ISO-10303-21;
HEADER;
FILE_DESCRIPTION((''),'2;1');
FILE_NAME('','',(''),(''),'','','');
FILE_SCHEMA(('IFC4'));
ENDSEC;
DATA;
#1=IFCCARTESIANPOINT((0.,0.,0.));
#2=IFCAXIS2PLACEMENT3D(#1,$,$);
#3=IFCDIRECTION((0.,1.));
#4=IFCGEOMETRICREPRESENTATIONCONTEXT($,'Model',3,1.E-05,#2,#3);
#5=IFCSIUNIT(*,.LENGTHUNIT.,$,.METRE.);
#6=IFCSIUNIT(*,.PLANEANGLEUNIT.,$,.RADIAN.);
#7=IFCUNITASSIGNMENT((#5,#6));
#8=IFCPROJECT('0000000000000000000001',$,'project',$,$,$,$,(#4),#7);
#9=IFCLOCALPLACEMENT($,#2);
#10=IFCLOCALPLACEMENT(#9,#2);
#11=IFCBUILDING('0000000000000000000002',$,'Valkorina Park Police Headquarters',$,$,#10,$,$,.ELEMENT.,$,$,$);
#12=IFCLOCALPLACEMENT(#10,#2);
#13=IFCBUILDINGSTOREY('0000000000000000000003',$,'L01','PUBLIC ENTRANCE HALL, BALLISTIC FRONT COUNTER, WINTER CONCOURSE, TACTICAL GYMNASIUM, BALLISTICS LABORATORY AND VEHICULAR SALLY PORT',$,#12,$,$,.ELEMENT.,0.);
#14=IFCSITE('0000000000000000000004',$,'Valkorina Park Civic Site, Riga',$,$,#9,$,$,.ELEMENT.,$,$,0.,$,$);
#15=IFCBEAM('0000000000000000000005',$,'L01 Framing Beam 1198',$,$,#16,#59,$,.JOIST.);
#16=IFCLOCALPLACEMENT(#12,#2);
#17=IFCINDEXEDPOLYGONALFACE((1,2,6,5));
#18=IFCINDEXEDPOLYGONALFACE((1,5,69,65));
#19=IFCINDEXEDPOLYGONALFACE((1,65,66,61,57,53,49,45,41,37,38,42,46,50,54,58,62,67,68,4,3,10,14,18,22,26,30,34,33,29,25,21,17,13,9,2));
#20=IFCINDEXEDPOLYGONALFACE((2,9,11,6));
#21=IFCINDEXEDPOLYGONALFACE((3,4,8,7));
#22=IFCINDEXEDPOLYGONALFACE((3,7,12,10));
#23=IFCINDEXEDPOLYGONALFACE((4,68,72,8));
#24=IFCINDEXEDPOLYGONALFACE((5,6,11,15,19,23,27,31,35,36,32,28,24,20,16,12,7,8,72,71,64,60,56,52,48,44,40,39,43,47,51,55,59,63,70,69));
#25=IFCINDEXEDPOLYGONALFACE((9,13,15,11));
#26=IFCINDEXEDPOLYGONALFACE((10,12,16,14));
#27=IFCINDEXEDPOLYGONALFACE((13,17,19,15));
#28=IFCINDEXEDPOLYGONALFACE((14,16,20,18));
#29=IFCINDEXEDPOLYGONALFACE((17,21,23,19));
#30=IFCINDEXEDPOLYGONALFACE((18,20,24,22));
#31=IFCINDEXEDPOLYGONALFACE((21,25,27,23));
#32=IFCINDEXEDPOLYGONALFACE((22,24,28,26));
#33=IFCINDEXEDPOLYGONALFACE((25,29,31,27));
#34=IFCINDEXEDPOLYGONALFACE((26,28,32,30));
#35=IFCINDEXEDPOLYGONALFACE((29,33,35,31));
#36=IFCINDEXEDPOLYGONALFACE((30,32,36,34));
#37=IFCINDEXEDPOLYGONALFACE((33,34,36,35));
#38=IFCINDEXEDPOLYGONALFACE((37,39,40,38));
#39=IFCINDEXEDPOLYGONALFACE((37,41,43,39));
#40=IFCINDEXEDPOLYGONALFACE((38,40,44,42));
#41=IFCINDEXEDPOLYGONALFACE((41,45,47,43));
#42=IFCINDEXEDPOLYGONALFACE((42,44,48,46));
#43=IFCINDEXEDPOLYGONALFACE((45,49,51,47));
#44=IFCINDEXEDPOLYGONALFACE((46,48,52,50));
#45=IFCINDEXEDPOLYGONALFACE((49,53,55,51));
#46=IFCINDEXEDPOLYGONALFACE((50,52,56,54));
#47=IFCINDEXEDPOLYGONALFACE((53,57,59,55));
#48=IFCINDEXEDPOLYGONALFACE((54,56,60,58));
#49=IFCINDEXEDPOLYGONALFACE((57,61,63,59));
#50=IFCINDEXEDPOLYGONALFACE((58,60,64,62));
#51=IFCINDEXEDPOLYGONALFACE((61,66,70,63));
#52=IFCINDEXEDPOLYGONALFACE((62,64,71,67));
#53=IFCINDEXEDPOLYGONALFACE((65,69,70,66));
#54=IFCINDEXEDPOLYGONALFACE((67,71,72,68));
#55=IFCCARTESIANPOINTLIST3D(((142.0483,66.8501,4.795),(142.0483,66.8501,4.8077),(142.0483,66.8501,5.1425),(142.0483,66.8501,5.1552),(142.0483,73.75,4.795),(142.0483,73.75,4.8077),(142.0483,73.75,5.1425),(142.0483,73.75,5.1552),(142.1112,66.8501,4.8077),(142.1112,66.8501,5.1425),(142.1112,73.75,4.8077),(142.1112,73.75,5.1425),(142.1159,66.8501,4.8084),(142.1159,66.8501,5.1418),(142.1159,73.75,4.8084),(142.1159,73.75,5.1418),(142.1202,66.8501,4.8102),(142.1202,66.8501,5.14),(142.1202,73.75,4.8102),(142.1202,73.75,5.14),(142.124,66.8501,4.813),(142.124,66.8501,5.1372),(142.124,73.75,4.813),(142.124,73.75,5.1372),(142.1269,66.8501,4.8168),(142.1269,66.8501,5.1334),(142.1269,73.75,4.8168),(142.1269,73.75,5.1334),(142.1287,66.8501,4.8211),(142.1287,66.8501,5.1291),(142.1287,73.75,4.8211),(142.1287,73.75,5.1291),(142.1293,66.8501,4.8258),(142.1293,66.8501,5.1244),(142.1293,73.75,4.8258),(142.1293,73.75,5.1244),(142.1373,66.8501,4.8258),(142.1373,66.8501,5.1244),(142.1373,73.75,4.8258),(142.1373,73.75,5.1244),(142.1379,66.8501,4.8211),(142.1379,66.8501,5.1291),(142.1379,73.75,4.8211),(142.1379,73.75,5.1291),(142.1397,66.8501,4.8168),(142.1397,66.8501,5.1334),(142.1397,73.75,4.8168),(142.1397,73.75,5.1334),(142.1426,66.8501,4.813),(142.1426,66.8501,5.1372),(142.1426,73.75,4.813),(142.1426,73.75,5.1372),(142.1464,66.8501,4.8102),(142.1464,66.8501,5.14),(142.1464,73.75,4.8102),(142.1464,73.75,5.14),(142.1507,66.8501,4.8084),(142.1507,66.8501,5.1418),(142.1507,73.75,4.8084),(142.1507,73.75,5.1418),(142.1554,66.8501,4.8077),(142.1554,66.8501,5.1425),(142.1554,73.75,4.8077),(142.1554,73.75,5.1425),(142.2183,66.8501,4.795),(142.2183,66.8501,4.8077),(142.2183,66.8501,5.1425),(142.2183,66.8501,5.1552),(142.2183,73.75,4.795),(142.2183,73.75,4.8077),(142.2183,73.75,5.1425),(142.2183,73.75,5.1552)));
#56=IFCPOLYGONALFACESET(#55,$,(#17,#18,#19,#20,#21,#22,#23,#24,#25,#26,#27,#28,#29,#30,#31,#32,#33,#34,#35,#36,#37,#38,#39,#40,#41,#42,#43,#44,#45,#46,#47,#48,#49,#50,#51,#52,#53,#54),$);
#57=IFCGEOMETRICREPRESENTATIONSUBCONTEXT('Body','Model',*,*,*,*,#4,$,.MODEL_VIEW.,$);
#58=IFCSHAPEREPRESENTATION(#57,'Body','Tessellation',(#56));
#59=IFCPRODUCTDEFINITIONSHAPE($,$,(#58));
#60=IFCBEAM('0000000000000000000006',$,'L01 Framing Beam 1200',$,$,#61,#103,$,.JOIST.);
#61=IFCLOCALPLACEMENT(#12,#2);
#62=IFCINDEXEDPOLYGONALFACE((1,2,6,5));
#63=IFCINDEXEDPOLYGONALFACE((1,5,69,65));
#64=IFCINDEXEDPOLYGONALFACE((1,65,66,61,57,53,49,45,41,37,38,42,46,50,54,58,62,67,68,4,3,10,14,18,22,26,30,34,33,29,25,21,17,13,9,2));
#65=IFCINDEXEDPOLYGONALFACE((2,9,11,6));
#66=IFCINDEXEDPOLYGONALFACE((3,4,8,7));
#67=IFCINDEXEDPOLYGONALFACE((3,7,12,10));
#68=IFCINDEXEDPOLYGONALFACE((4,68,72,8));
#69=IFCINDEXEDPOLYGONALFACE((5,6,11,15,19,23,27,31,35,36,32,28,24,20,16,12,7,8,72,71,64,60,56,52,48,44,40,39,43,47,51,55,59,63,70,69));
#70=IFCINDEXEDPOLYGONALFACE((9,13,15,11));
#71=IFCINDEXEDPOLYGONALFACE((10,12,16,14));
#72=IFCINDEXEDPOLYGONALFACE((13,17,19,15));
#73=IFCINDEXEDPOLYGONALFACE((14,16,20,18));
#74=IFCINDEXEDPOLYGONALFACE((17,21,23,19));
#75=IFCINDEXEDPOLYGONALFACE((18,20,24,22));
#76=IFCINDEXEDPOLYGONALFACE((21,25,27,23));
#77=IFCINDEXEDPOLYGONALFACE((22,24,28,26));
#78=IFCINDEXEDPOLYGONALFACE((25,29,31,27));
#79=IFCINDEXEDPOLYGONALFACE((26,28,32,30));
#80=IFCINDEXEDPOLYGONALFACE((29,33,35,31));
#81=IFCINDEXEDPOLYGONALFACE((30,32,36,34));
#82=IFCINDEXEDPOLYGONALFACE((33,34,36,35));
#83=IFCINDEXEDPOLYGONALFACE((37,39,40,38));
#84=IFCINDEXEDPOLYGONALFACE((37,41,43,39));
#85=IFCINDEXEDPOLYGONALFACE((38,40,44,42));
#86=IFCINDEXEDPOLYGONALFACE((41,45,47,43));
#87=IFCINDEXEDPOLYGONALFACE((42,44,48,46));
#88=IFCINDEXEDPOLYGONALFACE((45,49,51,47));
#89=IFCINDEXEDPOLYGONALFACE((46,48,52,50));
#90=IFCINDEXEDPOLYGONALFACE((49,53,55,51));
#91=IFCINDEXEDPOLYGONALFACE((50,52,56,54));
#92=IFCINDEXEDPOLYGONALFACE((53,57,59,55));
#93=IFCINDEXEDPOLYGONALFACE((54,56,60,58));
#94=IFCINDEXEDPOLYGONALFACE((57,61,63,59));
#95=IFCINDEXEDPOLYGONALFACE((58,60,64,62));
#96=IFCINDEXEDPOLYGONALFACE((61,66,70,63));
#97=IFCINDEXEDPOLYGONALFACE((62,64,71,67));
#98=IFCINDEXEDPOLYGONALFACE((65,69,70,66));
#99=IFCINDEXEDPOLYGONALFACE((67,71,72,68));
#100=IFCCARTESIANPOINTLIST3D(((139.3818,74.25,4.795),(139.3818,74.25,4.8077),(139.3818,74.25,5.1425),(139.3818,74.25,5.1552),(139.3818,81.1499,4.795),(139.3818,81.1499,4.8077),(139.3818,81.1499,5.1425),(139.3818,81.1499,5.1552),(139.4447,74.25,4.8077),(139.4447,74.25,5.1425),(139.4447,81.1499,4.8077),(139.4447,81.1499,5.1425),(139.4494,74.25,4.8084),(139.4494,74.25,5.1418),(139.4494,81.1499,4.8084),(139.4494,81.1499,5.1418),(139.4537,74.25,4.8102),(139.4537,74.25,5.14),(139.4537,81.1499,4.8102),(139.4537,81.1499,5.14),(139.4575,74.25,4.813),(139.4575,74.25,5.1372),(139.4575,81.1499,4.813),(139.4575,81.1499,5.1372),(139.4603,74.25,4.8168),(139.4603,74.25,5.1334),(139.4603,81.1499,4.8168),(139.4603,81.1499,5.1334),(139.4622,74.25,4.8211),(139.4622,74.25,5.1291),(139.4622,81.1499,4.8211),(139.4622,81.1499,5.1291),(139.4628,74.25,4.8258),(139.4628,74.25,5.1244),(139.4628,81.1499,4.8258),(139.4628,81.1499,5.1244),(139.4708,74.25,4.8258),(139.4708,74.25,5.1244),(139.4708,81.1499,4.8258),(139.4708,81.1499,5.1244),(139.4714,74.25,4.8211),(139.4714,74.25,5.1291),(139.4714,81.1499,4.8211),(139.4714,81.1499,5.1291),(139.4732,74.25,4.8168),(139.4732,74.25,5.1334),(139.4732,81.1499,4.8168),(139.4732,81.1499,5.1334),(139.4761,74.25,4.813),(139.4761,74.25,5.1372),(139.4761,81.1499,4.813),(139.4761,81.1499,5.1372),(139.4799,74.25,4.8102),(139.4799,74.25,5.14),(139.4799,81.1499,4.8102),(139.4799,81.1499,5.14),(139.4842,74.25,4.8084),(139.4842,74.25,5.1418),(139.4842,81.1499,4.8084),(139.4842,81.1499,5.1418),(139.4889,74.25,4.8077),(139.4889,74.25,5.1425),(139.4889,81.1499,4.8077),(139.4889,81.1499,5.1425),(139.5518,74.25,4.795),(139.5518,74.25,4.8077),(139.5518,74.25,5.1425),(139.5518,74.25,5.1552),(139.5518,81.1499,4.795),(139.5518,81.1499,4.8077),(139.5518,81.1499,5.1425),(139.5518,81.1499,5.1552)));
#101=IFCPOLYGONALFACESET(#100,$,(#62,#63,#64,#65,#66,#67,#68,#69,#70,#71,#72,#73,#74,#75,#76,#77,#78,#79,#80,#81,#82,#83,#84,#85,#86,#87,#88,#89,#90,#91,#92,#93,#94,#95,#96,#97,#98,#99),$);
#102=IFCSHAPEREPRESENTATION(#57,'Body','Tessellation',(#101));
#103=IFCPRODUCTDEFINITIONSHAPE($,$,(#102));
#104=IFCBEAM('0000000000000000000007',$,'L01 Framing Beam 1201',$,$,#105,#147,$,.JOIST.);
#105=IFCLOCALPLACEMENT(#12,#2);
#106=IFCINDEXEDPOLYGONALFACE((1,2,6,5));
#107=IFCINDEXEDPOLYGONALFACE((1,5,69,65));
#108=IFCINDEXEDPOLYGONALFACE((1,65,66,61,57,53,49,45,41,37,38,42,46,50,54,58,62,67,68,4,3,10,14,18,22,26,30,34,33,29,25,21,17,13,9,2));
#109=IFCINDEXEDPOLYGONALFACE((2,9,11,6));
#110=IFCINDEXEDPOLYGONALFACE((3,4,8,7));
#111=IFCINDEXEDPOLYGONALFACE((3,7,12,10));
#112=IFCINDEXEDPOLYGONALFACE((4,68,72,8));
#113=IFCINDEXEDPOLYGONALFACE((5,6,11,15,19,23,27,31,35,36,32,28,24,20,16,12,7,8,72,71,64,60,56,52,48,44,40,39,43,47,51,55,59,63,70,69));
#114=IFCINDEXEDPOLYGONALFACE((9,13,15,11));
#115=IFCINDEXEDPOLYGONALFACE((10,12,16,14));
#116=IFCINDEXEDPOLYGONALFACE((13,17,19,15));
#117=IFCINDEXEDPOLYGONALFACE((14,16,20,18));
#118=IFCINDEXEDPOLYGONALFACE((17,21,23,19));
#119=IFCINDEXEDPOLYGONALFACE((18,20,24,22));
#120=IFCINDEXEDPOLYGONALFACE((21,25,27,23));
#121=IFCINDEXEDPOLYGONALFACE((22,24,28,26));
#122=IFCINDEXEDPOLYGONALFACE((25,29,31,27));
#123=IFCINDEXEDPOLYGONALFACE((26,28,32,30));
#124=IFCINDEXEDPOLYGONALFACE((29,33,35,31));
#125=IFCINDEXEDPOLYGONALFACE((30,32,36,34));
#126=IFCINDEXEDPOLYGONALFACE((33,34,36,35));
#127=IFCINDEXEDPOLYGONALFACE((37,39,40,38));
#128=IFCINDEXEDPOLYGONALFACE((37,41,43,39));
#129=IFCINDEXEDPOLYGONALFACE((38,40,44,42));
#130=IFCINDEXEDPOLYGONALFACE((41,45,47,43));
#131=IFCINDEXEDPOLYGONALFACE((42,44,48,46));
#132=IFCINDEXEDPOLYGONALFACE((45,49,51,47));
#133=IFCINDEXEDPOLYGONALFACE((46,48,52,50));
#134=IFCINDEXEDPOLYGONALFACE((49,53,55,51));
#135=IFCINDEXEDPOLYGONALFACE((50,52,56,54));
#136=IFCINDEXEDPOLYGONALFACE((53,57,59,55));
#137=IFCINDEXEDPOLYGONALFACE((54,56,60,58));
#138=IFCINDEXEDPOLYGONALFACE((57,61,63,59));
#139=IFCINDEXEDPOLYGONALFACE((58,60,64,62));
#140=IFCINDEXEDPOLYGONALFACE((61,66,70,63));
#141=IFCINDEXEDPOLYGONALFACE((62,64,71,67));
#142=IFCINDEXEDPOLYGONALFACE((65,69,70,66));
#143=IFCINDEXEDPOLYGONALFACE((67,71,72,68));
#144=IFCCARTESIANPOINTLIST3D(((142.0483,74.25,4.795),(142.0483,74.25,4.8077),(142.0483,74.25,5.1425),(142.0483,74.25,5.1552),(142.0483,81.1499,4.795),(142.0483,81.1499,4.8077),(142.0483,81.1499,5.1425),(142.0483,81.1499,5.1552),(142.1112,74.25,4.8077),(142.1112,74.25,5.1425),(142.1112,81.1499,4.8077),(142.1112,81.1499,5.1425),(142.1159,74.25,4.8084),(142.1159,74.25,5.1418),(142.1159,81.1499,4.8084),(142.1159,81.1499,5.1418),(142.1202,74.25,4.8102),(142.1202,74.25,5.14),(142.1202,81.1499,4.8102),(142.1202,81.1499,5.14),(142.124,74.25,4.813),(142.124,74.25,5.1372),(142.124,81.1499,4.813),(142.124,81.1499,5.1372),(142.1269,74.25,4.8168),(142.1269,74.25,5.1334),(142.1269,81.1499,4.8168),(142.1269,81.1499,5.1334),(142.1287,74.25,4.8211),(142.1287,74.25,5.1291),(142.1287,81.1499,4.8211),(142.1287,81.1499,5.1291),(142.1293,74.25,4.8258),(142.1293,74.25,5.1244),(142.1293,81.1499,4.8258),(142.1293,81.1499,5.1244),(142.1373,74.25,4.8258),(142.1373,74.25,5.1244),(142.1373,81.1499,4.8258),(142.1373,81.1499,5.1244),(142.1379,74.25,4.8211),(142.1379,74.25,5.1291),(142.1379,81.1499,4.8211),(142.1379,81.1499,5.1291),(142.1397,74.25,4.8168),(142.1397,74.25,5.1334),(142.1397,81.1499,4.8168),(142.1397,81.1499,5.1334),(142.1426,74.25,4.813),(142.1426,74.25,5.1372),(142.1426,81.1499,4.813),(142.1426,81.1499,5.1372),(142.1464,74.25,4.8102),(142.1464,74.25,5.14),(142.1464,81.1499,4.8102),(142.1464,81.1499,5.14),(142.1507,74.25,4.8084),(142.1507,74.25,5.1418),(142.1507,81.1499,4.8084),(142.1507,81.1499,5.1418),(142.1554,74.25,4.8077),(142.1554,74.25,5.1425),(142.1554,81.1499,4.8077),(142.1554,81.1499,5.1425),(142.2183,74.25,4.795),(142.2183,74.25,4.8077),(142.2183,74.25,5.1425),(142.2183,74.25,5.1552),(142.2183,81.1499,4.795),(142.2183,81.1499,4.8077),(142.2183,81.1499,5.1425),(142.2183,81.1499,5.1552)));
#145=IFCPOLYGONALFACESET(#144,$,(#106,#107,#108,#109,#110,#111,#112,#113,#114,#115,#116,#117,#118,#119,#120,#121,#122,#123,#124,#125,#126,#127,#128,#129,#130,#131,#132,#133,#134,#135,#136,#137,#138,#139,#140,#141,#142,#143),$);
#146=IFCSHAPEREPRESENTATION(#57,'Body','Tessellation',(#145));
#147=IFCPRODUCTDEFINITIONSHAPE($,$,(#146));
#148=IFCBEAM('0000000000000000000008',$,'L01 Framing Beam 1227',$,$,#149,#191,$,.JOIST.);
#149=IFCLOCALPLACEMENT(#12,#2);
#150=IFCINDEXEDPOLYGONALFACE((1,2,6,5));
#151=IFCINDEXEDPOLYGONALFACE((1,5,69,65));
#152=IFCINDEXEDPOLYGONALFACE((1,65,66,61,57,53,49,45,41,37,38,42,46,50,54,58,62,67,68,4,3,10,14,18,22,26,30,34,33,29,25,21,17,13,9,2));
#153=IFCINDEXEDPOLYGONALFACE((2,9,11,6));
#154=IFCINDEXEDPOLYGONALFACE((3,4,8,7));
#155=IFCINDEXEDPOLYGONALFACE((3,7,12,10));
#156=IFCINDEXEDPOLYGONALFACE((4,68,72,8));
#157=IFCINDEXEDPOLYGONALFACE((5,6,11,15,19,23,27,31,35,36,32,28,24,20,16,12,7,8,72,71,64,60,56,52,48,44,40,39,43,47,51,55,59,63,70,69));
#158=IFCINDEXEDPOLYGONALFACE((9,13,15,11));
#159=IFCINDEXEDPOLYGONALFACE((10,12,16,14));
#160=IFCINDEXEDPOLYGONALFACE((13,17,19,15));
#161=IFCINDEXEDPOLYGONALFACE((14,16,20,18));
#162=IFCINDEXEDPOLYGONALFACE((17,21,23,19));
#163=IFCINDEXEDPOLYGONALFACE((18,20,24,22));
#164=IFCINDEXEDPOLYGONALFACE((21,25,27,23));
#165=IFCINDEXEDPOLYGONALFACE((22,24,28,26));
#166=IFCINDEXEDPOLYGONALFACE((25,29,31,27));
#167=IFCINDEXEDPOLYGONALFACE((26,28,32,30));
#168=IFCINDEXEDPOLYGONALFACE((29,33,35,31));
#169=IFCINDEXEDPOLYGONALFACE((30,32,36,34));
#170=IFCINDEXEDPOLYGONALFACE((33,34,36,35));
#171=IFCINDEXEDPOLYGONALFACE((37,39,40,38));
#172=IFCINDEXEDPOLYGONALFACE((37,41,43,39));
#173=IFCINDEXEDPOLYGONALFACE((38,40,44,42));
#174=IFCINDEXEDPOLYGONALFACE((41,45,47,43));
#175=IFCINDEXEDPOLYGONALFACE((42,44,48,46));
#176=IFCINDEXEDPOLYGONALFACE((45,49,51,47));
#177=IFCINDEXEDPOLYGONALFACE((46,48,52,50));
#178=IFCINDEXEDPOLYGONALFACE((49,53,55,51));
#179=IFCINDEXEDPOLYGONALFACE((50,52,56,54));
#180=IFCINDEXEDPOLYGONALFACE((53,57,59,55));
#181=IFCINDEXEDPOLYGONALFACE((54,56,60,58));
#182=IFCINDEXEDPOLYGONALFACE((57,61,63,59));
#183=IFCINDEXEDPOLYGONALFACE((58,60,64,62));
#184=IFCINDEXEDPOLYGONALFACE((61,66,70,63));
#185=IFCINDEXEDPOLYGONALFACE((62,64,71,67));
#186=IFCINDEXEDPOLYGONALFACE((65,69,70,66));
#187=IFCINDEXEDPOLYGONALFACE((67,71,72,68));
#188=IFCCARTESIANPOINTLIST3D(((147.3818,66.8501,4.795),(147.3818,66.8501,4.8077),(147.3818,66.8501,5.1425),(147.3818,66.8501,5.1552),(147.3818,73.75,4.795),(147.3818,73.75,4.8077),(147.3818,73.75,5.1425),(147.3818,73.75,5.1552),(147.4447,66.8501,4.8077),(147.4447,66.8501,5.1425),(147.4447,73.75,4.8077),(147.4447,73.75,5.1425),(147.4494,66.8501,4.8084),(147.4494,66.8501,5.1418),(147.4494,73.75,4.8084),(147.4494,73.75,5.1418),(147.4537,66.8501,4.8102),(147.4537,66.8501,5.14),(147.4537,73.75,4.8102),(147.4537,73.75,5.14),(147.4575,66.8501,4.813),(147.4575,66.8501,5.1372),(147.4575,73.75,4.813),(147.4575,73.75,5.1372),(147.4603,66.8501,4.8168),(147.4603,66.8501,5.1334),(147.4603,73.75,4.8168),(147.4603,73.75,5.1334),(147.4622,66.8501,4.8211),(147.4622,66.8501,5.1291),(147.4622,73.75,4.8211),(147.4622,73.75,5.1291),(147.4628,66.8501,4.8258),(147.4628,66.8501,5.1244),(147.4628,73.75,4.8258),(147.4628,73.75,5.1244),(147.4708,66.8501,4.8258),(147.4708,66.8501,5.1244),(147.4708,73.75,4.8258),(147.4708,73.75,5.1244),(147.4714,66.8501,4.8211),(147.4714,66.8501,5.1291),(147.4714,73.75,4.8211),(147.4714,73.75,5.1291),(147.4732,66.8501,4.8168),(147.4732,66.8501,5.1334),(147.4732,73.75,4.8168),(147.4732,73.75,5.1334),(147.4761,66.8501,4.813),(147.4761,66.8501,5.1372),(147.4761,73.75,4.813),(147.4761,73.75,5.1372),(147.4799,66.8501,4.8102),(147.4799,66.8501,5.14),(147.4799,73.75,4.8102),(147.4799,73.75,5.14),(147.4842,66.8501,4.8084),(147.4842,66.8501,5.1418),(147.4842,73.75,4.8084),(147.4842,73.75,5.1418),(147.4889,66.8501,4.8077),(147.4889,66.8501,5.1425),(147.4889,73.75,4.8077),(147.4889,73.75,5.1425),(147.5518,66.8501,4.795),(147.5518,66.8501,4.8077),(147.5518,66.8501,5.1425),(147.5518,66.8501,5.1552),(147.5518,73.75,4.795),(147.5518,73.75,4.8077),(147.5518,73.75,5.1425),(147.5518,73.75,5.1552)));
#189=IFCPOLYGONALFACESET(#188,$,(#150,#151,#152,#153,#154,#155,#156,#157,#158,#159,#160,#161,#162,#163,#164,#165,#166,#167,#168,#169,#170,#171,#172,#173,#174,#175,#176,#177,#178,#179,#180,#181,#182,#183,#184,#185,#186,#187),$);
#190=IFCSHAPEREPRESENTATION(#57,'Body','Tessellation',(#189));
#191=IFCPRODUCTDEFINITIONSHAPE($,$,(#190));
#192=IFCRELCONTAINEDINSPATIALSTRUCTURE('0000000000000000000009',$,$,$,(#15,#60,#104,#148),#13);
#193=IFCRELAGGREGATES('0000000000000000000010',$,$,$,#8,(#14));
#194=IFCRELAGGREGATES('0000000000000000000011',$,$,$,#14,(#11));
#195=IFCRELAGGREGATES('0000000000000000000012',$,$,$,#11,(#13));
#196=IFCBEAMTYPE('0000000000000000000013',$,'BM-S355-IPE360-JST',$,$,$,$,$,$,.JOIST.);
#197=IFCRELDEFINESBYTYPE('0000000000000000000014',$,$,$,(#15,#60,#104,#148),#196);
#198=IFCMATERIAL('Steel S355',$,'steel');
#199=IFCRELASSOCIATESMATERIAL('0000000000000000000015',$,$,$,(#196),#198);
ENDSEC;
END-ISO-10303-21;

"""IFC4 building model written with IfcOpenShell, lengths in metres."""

from ifc_helpers import new_model, si_unit, direction, frame, origin, origin_2d, place, context, subcontext, project, spatial, i_section, extrude, material, material_profile, profile_set, type_object, element, save


model = new_model("IFC4")

# Units and contexts
model_context = context("Model", 3, precision=1e-05, world=origin(), true_north=direction((0.0, 1.0)))
body_context = subcontext(model_context, "Body", "Model", "MODEL_VIEW")
ifc_project = project(units=[si_unit("LENGTHUNIT", "METRE"), si_unit("PLANEANGLEUNIT", "RADIAN")], contexts=[model_context])

# Site, building, storey
site_placement = place(None, origin())
site = spatial("IfcSite", under=ifc_project, at=site_placement, Name="Valkorina Park Civic Site, Riga", CompositionType="ELEMENT", RefElevation=0.0)
building_placement = place(site_placement, origin())
building = spatial("IfcBuilding", under=site, at=building_placement, Name="Valkorina Park Police Headquarters", CompositionType="ELEMENT")
storey_placement = place(building_placement, origin())
storey = spatial("IfcBuildingStorey", under=building, at=storey_placement, Name="L01", Description="PUBLIC ENTRANCE HALL, BALLISTIC FRONT COUNTER, WINTER CONCOURSE, TACTICAL GYMNASIUM, BALLISTICS LABORATORY AND VEHICULAR SALLY PORT", CompositionType="ELEMENT", Elevation=0.0)

# Beams
ifc_material_1 = material(Name="Steel S355", Category="steel")
ifc_material_profile_1 = material_profile(ifc_material_1, i_section(OverallWidth=0.1699, OverallDepth=0.3601, WebThickness=0.0081, FlangeThickness=0.0127, FilletRadius=0.0181, at=origin_2d()), Name="IPE 360")
ifc_profile_set_1 = profile_set([ifc_material_profile_1], Name="Steel S355")
beam_type_1 = type_object("IfcBeamType", Name="BM-S355-IPE360-JST", PredefinedType="JOIST", material=ifc_profile_set_1)
for number, where, z_axis, x_axis, name in (
    (1, (142.1333, 66.8501, 4.9751), (0.0, 1.0, 0.0), (-1.0, 0.0, 0.0), "L01 Framing Beam 1198"),
    (2, (139.4668, 74.25, 4.9751), (0.0, 1.0, 0.0), (-1.0, 0.0, 0.0), "L01 Framing Beam 1200"),
    (3, (142.1333, 74.25, 4.9751), (0.0, 1.0, 0.0), (-1.0, 0.0, 0.0), "L01 Framing Beam 1201"),
    (4, (147.4668, 66.8501, 4.9751), (0.0, 1.0, 0.0), (-1.0, 0.0, 0.0), "L01 Framing Beam 1227"),
):
    element("IfcBeam", number, at=place(storey_placement, frame(where, z_axis=z_axis, x_axis=x_axis)), inside=storey, type_object=beam_type_1, Name=name, PredefinedType="JOIST", context=body_context, shape_type="SweptSolid", body=[
        extrude(i_section(OverallWidth=0.1699, OverallDepth=0.3601, WebThickness=0.0081, FlangeThickness=0.0127, FilletRadius=0.0181, at=origin_2d()), origin(), (0.0, 0.0, 1.0), 6.8999),
    ])

save(model, "model.ifc")
